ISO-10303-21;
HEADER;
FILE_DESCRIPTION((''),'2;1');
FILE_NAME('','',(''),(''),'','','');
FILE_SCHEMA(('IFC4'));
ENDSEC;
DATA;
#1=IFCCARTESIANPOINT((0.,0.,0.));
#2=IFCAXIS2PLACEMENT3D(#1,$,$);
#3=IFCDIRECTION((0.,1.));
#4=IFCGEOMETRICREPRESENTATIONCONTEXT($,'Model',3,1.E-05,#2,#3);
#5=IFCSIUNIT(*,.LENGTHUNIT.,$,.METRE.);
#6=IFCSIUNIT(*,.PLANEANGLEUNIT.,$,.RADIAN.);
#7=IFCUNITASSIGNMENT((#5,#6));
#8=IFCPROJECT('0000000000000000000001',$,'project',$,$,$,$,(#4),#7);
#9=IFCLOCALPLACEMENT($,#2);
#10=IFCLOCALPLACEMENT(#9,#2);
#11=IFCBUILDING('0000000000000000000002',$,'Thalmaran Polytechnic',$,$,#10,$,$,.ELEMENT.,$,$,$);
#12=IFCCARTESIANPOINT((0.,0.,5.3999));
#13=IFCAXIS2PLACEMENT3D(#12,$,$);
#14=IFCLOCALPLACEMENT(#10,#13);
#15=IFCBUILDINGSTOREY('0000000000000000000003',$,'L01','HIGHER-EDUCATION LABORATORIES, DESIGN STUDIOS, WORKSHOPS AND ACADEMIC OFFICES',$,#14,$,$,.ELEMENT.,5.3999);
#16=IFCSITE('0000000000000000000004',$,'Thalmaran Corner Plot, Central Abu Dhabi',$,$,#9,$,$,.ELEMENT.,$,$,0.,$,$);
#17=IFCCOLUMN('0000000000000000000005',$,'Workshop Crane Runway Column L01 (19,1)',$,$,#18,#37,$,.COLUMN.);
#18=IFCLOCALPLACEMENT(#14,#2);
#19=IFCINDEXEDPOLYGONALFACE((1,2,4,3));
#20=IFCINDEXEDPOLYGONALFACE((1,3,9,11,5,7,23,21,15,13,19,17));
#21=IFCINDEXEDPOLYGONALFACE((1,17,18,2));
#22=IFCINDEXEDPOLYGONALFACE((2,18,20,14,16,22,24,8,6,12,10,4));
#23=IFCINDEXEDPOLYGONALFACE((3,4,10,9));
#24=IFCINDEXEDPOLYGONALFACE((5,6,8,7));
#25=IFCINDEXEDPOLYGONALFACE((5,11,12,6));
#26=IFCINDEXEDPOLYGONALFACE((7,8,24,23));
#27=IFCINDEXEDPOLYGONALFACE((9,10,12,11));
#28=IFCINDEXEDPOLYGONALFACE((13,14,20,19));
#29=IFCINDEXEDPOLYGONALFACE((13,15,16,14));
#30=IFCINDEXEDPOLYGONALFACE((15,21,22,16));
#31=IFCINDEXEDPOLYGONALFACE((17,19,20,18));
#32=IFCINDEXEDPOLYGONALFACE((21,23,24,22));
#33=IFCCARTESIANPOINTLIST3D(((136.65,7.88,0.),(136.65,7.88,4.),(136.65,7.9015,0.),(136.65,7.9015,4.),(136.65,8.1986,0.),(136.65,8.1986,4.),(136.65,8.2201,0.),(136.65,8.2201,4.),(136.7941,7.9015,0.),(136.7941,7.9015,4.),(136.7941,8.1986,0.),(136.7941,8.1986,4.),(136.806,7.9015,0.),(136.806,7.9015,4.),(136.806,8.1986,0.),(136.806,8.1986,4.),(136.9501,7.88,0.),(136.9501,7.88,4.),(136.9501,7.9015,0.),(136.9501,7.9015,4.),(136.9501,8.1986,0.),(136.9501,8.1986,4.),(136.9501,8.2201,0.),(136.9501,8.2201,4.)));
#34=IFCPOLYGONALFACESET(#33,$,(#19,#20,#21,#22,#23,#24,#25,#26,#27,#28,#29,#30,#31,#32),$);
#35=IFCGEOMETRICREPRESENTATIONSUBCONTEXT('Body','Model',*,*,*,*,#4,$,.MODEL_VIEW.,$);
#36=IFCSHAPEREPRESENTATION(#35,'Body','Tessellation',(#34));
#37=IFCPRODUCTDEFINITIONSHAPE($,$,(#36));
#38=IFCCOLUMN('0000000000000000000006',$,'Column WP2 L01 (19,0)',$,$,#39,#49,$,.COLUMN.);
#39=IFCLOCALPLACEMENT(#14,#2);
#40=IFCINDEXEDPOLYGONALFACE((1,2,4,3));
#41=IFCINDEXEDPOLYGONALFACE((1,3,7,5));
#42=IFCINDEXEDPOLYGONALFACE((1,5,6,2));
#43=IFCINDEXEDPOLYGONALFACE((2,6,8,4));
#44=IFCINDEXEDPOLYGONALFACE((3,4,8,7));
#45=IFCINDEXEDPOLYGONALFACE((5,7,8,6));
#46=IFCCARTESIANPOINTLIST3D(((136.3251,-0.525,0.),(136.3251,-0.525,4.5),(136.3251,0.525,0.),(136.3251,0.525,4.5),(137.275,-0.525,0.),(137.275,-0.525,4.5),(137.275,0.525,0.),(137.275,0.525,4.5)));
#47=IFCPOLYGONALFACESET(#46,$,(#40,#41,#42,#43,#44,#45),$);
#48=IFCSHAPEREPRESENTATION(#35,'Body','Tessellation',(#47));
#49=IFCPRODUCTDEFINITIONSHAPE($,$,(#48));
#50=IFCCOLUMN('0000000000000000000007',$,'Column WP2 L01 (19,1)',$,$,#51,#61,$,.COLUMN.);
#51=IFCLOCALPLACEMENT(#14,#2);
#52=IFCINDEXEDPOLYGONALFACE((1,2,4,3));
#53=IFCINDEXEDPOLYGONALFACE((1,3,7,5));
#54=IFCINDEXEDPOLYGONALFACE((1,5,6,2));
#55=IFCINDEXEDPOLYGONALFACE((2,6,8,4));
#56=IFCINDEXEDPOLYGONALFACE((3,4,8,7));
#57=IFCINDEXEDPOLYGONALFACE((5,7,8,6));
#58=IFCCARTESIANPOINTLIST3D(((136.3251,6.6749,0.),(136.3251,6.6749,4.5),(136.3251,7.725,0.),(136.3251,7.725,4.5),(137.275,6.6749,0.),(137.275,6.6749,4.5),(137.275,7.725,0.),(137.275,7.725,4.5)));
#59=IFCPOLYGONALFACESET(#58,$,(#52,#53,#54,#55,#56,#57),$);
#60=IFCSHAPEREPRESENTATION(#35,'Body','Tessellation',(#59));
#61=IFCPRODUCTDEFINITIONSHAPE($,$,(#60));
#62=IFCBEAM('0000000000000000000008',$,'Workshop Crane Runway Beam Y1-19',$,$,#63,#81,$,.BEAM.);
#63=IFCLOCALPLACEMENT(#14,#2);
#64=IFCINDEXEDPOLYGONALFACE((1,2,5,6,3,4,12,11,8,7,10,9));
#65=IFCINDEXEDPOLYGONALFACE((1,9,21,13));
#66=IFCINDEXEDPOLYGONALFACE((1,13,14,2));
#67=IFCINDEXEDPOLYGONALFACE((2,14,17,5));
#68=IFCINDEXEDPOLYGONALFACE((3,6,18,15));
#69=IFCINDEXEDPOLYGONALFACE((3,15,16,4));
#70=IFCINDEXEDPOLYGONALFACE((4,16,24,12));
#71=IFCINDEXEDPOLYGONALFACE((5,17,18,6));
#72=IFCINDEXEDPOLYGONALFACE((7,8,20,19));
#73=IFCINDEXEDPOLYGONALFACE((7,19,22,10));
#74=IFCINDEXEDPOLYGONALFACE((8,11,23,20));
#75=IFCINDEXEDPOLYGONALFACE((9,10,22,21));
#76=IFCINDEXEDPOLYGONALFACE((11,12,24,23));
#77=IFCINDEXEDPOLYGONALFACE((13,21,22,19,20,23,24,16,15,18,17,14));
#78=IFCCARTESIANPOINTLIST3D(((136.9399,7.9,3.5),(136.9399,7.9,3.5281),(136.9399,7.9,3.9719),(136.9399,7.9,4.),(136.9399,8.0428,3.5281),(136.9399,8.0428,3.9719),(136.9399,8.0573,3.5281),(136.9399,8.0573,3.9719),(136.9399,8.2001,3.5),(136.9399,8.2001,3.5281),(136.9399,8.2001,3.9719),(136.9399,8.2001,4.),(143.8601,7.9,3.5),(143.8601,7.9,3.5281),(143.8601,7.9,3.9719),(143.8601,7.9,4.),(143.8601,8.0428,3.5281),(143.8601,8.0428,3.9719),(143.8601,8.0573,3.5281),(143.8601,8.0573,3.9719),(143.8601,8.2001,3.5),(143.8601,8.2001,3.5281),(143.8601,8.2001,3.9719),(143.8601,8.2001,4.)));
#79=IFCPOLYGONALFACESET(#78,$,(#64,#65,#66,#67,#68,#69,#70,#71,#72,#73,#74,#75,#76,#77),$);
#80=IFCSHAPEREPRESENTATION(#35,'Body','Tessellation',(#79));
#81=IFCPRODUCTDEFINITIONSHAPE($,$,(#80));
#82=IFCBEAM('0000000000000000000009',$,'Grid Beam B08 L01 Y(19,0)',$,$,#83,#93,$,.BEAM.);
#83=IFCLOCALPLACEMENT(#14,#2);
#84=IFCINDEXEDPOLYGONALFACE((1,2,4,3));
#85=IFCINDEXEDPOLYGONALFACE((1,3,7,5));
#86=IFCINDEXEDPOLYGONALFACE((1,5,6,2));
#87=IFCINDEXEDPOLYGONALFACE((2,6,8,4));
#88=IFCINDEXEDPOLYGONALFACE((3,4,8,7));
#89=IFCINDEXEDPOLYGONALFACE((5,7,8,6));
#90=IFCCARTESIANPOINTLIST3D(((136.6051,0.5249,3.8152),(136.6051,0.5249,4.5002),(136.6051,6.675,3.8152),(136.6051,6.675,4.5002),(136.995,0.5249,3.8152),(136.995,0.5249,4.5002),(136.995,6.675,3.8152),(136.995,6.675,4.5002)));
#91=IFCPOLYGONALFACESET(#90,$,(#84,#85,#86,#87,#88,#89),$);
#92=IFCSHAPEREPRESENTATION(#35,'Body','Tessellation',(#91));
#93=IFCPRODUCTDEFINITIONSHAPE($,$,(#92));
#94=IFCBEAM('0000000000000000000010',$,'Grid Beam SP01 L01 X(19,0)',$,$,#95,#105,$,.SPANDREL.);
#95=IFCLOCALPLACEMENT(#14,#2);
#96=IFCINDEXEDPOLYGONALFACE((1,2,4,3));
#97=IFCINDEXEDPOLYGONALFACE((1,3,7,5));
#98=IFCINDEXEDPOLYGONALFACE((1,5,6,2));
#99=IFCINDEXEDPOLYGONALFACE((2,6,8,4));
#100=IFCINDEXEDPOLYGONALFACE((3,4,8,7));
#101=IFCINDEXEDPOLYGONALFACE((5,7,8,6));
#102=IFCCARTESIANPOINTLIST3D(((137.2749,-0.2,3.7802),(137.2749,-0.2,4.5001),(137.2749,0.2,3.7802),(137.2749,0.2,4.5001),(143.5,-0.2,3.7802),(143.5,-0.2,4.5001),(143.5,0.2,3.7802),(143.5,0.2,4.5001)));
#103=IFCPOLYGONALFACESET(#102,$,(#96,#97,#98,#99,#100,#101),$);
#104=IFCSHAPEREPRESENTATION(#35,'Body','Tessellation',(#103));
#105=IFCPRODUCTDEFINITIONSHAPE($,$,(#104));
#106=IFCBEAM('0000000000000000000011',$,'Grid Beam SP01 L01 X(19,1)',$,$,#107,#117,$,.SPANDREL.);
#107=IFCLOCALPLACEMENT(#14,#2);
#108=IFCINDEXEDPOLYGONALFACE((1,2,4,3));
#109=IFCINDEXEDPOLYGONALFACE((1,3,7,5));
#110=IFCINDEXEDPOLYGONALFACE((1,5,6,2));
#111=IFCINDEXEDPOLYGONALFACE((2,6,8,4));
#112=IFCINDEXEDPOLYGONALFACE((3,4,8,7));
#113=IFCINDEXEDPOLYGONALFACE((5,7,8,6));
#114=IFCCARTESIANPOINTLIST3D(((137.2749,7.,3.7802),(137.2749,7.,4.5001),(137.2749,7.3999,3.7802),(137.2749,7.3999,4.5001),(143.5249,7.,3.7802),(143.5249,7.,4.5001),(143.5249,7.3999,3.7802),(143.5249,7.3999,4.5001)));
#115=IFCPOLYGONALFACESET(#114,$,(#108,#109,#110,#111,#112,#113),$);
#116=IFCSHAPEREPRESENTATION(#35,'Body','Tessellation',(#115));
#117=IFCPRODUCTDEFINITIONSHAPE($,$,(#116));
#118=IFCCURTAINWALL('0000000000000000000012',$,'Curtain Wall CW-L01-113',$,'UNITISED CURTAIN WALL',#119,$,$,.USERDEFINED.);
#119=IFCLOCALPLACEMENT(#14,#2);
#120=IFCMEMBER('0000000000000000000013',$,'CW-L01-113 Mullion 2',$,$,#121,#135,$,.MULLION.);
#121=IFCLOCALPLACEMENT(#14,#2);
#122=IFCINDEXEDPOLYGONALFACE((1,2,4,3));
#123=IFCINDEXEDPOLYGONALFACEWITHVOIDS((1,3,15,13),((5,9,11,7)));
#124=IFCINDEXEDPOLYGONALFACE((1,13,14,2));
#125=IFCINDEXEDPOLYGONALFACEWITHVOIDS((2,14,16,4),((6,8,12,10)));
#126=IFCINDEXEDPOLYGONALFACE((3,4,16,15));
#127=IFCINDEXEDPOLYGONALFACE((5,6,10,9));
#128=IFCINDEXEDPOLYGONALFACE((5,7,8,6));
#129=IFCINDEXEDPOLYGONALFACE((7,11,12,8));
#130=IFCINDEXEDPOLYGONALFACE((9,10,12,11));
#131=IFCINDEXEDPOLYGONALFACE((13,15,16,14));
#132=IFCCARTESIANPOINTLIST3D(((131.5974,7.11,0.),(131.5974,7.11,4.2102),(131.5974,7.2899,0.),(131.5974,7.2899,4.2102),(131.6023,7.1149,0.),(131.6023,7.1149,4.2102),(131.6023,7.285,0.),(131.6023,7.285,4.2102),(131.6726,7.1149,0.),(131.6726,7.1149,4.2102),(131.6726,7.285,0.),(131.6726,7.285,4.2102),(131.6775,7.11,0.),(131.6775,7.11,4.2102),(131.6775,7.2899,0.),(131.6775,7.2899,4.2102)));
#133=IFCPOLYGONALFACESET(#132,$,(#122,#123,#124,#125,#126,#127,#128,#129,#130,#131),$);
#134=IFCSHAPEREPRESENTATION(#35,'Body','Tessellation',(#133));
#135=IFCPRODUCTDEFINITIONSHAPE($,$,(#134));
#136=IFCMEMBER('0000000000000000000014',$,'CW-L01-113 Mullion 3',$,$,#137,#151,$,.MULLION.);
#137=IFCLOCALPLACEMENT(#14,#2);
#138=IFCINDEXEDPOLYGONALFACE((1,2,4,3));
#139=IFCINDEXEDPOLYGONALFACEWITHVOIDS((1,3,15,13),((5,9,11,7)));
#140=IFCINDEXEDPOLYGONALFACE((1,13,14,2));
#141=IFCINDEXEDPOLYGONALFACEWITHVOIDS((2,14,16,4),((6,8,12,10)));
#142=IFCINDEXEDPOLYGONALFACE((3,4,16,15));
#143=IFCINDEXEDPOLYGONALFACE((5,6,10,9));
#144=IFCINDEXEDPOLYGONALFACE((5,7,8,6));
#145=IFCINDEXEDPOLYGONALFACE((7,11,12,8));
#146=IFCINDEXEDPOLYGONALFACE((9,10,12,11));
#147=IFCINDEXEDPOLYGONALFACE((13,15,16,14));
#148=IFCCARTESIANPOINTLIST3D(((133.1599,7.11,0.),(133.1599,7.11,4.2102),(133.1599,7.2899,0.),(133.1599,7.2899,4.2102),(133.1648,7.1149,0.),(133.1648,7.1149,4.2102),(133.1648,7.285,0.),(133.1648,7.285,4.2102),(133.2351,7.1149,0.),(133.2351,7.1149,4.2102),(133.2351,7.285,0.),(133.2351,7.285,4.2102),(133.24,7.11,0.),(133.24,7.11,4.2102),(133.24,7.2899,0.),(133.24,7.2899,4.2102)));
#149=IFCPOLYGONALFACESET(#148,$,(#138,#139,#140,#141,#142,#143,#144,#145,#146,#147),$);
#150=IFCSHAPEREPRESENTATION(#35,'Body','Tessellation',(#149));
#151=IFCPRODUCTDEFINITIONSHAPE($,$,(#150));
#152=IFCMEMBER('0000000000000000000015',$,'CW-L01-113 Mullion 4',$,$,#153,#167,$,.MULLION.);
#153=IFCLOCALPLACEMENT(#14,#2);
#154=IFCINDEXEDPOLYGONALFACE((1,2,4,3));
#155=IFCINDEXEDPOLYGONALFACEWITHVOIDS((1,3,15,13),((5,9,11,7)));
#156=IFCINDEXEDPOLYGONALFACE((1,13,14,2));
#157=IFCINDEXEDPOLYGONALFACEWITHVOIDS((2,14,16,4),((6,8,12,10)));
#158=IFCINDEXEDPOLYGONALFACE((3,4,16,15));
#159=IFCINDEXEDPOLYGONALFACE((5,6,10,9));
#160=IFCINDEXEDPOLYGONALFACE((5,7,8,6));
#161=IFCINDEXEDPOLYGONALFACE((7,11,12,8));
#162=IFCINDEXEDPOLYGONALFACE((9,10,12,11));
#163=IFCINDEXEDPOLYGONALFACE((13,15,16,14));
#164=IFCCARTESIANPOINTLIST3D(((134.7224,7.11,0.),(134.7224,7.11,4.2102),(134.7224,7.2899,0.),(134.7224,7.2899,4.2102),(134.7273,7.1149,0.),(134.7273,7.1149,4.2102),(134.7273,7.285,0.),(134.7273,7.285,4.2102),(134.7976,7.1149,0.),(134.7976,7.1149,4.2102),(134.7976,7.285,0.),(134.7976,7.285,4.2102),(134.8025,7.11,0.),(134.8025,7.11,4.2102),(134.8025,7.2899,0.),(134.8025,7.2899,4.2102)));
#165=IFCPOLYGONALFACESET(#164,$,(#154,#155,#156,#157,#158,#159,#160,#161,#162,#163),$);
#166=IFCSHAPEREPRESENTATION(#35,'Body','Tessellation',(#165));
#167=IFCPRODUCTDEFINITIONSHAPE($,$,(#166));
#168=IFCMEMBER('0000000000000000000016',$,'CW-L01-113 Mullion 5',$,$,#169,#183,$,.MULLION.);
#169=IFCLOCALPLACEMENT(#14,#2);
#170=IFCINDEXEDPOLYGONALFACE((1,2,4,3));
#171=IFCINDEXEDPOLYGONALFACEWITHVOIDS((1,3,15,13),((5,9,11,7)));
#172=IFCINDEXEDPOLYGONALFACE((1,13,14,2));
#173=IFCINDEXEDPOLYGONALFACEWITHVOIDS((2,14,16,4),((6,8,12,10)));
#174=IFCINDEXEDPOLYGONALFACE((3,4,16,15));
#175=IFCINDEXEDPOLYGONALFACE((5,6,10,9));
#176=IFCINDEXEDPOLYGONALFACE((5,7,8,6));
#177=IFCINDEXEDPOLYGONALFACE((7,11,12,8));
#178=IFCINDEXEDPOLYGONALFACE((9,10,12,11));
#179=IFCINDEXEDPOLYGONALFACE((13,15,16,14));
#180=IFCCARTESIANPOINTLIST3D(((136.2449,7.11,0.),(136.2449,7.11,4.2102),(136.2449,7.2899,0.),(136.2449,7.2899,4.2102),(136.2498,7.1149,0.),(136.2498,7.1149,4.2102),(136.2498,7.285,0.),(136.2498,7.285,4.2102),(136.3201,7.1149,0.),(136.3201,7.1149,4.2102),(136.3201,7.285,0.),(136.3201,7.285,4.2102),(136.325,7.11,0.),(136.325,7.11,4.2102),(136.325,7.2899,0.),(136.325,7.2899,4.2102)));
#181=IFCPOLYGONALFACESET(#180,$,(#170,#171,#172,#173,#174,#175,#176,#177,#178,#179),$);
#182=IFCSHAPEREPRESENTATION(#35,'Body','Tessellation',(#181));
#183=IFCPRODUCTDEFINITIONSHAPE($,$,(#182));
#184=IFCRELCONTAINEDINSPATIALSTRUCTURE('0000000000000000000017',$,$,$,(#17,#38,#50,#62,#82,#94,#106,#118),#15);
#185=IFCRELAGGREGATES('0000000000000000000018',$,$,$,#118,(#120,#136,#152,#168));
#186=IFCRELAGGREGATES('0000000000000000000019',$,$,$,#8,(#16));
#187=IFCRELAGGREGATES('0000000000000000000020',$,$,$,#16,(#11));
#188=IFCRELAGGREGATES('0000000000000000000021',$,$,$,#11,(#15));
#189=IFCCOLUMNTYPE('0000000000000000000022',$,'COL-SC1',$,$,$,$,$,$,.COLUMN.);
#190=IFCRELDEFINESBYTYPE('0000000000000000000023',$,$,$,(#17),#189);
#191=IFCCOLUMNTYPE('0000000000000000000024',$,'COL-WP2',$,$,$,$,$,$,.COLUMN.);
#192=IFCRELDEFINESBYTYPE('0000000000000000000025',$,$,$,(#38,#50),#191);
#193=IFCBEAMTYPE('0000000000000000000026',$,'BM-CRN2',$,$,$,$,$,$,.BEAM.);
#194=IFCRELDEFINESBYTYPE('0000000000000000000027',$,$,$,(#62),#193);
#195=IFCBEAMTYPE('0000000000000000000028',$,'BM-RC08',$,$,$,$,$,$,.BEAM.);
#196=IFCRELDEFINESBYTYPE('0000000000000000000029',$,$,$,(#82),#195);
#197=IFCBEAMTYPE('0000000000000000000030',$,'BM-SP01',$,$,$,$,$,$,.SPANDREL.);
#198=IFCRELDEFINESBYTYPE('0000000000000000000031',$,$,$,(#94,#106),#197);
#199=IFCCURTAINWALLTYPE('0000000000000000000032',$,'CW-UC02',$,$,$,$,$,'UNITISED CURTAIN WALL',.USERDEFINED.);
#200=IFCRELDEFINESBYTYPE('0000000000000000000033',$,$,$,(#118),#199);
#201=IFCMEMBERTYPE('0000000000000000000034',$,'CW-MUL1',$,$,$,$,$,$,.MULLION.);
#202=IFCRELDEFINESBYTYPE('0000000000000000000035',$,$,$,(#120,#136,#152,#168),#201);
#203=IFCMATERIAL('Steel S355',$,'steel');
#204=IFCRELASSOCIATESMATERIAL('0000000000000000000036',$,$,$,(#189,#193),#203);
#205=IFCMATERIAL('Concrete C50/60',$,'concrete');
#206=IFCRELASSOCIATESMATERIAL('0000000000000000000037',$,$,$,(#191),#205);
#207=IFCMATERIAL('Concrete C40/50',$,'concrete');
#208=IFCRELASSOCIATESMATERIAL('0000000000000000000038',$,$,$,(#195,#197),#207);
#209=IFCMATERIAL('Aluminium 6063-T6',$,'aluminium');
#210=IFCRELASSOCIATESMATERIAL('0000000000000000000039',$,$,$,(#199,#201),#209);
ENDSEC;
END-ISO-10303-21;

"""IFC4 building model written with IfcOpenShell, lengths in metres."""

from ifc_helpers import new_model, si_unit, direction, frame, origin, origin_2d, place, context, subcontext, project, spatial, rectangle, hollow_rectangle, i_section, extrude, material, material_profile, profile_set, type_object, element, aggregate, save


model = new_model("IFC4")

# Units and contexts
model_context = context("Model", 3, precision=1e-05, world=origin(), true_north=direction((0.0, 1.0)))
body_context = subcontext(model_context, "Body", "Model", "MODEL_VIEW")
ifc_project = project(units=[si_unit("LENGTHUNIT", "METRE"), si_unit("PLANEANGLEUNIT", "RADIAN")], contexts=[model_context])

# Site, building, storey
site_placement = place(None, origin())
site = spatial("IfcSite", under=ifc_project, at=site_placement, Name="Thalmaran Corner Plot, Central Abu Dhabi", CompositionType="ELEMENT", RefElevation=0.0)
building_placement = place(site_placement, origin())
building = spatial("IfcBuilding", under=site, at=building_placement, Name="Thalmaran Polytechnic", CompositionType="ELEMENT")
storey_placement = place(building_placement, frame((0.0, 0.0, 5.3999)))
storey = spatial("IfcBuildingStorey", under=building, at=storey_placement, Name="L01", Description="HIGHER-EDUCATION LABORATORIES, DESIGN STUDIOS, WORKSHOPS AND ACADEMIC OFFICES", CompositionType="ELEMENT", Elevation=5.3999)

# Columns
ifc_material_1 = material(Name="Steel S355", Category="steel")
ifc_material_profile_1 = material_profile(ifc_material_1, i_section(OverallWidth=0.3, OverallDepth=0.3401, WebThickness=0.012, FlangeThickness=0.0215, at=origin_2d()), Name="HEB 340")
ifc_profile_set_1 = profile_set([ifc_material_profile_1], Name="Steel S355")
column_type_1 = type_object("IfcColumnType", Name="COL-SC1", PredefinedType="COLUMN", material=ifc_profile_set_1)
column_placement = place(storey_placement, frame((136.8, 8.05, 0.0), z_axis=(0.0, 0.0, 1.0), x_axis=(1.0, 0.0, 0.0)))
element("IfcColumn", 1, at=column_placement, inside=storey, type_object=column_type_1, Name="Workshop Crane Runway Column L01 (19,1)", PredefinedType="COLUMN", context=body_context, shape_type="SweptSolid", body=[
    extrude(i_section(OverallWidth=0.3, OverallDepth=0.3401, WebThickness=0.012, FlangeThickness=0.0215, at=origin_2d()), origin(), (0.0, 0.0, 1.0), 4.0),
])
ifc_material_2 = material(Name="Concrete C50/60", Category="concrete")
ifc_material_profile_2 = material_profile(ifc_material_2, rectangle(XDim=0.95, YDim=1.05, at=origin_2d()), Name="RC 950x1050")
ifc_profile_set_2 = profile_set([ifc_material_profile_2], Name="Concrete C50/60")
column_type_2 = type_object("IfcColumnType", Name="COL-WP2", PredefinedType="COLUMN", material=ifc_profile_set_2)
for number, where, z_axis, x_axis, name in (
    (2, (136.8, 0.0, 0.0), (0.0, 0.0, 1.0), (1.0, 0.0, 0.0), "Column WP2 L01 (19,0)"),
    (3, (136.8, 7.2, 0.0), (0.0, 0.0, 1.0), (1.0, 0.0, 0.0), "Column WP2 L01 (19,1)"),
):
    element("IfcColumn", number, at=place(storey_placement, frame(where, z_axis=z_axis, x_axis=x_axis)), inside=storey, type_object=column_type_2, Name=name, PredefinedType="COLUMN", context=body_context, shape_type="SweptSolid", body=[
        extrude(rectangle(XDim=0.95, YDim=1.05, at=origin_2d()), origin(), (0.0, 0.0, 1.0), 4.5),
    ])

# Beams
ifc_material_profile_3 = material_profile(ifc_material_1, i_section(OverallWidth=0.3, OverallDepth=0.5, WebThickness=0.0144, FlangeThickness=0.0281, at=origin_2d()), Name="HEB 500")
ifc_profile_set_3 = profile_set([ifc_material_profile_3], Name="Steel S355")
beam_type_1 = type_object("IfcBeamType", Name="BM-CRN2", PredefinedType="BEAM", material=ifc_profile_set_3)
beam_1_placement = place(storey_placement, frame((136.9399, 8.05, 3.75), z_axis=(1.0, 0.0, 0.0), x_axis=(0.0, 1.0, 0.0)))
element("IfcBeam", 4, at=beam_1_placement, inside=storey, type_object=beam_type_1, Name="Workshop Crane Runway Beam Y1-19", PredefinedType="BEAM", context=body_context, shape_type="SweptSolid", body=[
    extrude(i_section(OverallWidth=0.3, OverallDepth=0.5, WebThickness=0.0144, FlangeThickness=0.0281, at=origin_2d()), origin(), (0.0, 0.0, 1.0), 6.9202),
])
ifc_material_3 = material(Name="Concrete C40/50", Category="concrete")
ifc_material_profile_4 = material_profile(ifc_material_3, rectangle(XDim=0.3899, YDim=0.6851, at=origin_2d()), Name="RC 390x685")
ifc_profile_set_4 = profile_set([ifc_material_profile_4], Name="Concrete C40/50")
beam_type_2 = type_object("IfcBeamType", Name="BM-RC08", PredefinedType="BEAM", material=ifc_profile_set_4)
beam_2_placement = place(storey_placement, frame((136.8, 0.5249, 4.1577), z_axis=(0.0, 1.0, 0.0), x_axis=(-1.0, 0.0, 0.0)))
element("IfcBeam", 5, at=beam_2_placement, inside=storey, type_object=beam_type_2, Name="Grid Beam B08 L01 Y(19,0)", PredefinedType="BEAM", context=body_context, shape_type="SweptSolid", body=[
    extrude(rectangle(XDim=0.3899, YDim=0.6851, at=origin_2d()), origin(), (0.0, 0.0, 1.0), 6.1501),
])
ifc_material_profile_5 = material_profile(ifc_material_3, rectangle(XDim=0.3999, YDim=0.72, at=origin_2d()), Name="RC 400x720")
ifc_profile_set_5 = profile_set([ifc_material_profile_5], Name="Concrete C40/50")
beam_type_3 = type_object("IfcBeamType", Name="BM-SP01", PredefinedType="SPANDREL", material=ifc_profile_set_5)
beam_3_placement = place(storey_placement, frame((137.2749, 0.0, 4.1401), z_axis=(1.0, 0.0, 0.0), x_axis=(0.0, 1.0, 0.0)))
element("IfcBeam", 6, at=beam_3_placement, inside=storey, type_object=beam_type_3, Name="Grid Beam SP01 L01 X(19,0)", PredefinedType="SPANDREL", context=body_context, shape_type="SweptSolid", body=[
    extrude(rectangle(XDim=0.3999, YDim=0.72, at=origin_2d()), origin(), (0.0, 0.0, 1.0), 6.2251),
])
beam_4_placement = place(storey_placement, frame((137.2749, 7.2, 4.1401), z_axis=(1.0, 0.0, 0.0), x_axis=(0.0, 1.0, 0.0)))
element("IfcBeam", 7, at=beam_4_placement, inside=storey, type_object=beam_type_3, Name="Grid Beam SP01 L01 X(19,1)", PredefinedType="SPANDREL", context=body_context, shape_type="SweptSolid", body=[
    extrude(rectangle(XDim=0.3999, YDim=0.72, at=origin_2d()), origin(), (0.0, 0.0, 1.0), 6.25),
])

# Curtain wall, members
ifc_material_4 = material(Name="Aluminium 6063-T6", Category="aluminium")
curtain_wall_type = type_object("IfcCurtainWallType", Name="CW-UC02", ElementType="UNITISED CURTAIN WALL", PredefinedType="USERDEFINED", material=ifc_material_4)
curtain_wall_1_placement = place(storey_placement, origin())
curtain_wall_1 = element("IfcCurtainWall", 8, at=curtain_wall_1_placement, inside=storey, type_object=curtain_wall_type, Name="Curtain Wall CW-L01-113", ObjectType="UNITISED CURTAIN WALL", PredefinedType="USERDEFINED")
ifc_material_profile_6 = material_profile(ifc_material_4, hollow_rectangle(XDim=0.0801, YDim=0.1799, WallThickness=0.0049, at=origin_2d()), Name="RHS 180x80x5.0")
ifc_profile_set_6 = profile_set([ifc_material_profile_6], Name="Aluminium 6063-T6")
member_type_1 = type_object("IfcMemberType", Name="CW-MUL1", PredefinedType="MULLION", material=ifc_profile_set_6)
member_1_placement = place(storey_placement, frame((131.6375, 7.2, 0.0), z_axis=(0.0, 0.0, 1.0), x_axis=(1.0, 0.0, 0.0)))
member_1 = element("IfcMember", 9, at=member_1_placement, type_object=member_type_1, Name="CW-L01-113 Mullion 2", PredefinedType="MULLION", context=body_context, shape_type="SweptSolid", body=[
    extrude(hollow_rectangle(XDim=0.0801, YDim=0.1799, WallThickness=0.0049, at=origin_2d()), origin(), (0.0, 0.0, 1.0), 4.2102),
])
member_2_placement = place(storey_placement, frame((133.2, 7.2, 0.0), z_axis=(0.0, 0.0, 1.0), x_axis=(1.0, 0.0, 0.0)))
member_2 = element("IfcMember", 10, at=member_2_placement, type_object=member_type_1, Name="CW-L01-113 Mullion 3", PredefinedType="MULLION", context=body_context, shape_type="SweptSolid", body=[
    extrude(hollow_rectangle(XDim=0.0801, YDim=0.1799, WallThickness=0.0049, at=origin_2d()), origin(), (0.0, 0.0, 1.0), 4.2102),
])
member_3_placement = place(storey_placement, frame((134.7625, 7.2, 0.0), z_axis=(0.0, 0.0, 1.0), x_axis=(1.0, 0.0, 0.0)))
member_3 = element("IfcMember", 11, at=member_3_placement, type_object=member_type_1, Name="CW-L01-113 Mullion 4", PredefinedType="MULLION", context=body_context, shape_type="SweptSolid", body=[
    extrude(hollow_rectangle(XDim=0.0801, YDim=0.1799, WallThickness=0.0049, at=origin_2d()), origin(), (0.0, 0.0, 1.0), 4.2102),
])
member_4_placement = place(storey_placement, frame((136.2849, 7.2, 0.0), z_axis=(0.0, 0.0, 1.0), x_axis=(1.0, 0.0, 0.0)))
member_4 = element("IfcMember", 12, at=member_4_placement, type_object=member_type_1, Name="CW-L01-113 Mullion 5", PredefinedType="MULLION", context=body_context, shape_type="SweptSolid", body=[
    extrude(hollow_rectangle(XDim=0.0801, YDim=0.1799, WallThickness=0.0049, at=origin_2d()), origin(), (0.0, 0.0, 1.0), 4.2102),
])

aggregate(curtain_wall_1, [member_1, member_2, member_3, member_4])

save(model, "model.ifc")
